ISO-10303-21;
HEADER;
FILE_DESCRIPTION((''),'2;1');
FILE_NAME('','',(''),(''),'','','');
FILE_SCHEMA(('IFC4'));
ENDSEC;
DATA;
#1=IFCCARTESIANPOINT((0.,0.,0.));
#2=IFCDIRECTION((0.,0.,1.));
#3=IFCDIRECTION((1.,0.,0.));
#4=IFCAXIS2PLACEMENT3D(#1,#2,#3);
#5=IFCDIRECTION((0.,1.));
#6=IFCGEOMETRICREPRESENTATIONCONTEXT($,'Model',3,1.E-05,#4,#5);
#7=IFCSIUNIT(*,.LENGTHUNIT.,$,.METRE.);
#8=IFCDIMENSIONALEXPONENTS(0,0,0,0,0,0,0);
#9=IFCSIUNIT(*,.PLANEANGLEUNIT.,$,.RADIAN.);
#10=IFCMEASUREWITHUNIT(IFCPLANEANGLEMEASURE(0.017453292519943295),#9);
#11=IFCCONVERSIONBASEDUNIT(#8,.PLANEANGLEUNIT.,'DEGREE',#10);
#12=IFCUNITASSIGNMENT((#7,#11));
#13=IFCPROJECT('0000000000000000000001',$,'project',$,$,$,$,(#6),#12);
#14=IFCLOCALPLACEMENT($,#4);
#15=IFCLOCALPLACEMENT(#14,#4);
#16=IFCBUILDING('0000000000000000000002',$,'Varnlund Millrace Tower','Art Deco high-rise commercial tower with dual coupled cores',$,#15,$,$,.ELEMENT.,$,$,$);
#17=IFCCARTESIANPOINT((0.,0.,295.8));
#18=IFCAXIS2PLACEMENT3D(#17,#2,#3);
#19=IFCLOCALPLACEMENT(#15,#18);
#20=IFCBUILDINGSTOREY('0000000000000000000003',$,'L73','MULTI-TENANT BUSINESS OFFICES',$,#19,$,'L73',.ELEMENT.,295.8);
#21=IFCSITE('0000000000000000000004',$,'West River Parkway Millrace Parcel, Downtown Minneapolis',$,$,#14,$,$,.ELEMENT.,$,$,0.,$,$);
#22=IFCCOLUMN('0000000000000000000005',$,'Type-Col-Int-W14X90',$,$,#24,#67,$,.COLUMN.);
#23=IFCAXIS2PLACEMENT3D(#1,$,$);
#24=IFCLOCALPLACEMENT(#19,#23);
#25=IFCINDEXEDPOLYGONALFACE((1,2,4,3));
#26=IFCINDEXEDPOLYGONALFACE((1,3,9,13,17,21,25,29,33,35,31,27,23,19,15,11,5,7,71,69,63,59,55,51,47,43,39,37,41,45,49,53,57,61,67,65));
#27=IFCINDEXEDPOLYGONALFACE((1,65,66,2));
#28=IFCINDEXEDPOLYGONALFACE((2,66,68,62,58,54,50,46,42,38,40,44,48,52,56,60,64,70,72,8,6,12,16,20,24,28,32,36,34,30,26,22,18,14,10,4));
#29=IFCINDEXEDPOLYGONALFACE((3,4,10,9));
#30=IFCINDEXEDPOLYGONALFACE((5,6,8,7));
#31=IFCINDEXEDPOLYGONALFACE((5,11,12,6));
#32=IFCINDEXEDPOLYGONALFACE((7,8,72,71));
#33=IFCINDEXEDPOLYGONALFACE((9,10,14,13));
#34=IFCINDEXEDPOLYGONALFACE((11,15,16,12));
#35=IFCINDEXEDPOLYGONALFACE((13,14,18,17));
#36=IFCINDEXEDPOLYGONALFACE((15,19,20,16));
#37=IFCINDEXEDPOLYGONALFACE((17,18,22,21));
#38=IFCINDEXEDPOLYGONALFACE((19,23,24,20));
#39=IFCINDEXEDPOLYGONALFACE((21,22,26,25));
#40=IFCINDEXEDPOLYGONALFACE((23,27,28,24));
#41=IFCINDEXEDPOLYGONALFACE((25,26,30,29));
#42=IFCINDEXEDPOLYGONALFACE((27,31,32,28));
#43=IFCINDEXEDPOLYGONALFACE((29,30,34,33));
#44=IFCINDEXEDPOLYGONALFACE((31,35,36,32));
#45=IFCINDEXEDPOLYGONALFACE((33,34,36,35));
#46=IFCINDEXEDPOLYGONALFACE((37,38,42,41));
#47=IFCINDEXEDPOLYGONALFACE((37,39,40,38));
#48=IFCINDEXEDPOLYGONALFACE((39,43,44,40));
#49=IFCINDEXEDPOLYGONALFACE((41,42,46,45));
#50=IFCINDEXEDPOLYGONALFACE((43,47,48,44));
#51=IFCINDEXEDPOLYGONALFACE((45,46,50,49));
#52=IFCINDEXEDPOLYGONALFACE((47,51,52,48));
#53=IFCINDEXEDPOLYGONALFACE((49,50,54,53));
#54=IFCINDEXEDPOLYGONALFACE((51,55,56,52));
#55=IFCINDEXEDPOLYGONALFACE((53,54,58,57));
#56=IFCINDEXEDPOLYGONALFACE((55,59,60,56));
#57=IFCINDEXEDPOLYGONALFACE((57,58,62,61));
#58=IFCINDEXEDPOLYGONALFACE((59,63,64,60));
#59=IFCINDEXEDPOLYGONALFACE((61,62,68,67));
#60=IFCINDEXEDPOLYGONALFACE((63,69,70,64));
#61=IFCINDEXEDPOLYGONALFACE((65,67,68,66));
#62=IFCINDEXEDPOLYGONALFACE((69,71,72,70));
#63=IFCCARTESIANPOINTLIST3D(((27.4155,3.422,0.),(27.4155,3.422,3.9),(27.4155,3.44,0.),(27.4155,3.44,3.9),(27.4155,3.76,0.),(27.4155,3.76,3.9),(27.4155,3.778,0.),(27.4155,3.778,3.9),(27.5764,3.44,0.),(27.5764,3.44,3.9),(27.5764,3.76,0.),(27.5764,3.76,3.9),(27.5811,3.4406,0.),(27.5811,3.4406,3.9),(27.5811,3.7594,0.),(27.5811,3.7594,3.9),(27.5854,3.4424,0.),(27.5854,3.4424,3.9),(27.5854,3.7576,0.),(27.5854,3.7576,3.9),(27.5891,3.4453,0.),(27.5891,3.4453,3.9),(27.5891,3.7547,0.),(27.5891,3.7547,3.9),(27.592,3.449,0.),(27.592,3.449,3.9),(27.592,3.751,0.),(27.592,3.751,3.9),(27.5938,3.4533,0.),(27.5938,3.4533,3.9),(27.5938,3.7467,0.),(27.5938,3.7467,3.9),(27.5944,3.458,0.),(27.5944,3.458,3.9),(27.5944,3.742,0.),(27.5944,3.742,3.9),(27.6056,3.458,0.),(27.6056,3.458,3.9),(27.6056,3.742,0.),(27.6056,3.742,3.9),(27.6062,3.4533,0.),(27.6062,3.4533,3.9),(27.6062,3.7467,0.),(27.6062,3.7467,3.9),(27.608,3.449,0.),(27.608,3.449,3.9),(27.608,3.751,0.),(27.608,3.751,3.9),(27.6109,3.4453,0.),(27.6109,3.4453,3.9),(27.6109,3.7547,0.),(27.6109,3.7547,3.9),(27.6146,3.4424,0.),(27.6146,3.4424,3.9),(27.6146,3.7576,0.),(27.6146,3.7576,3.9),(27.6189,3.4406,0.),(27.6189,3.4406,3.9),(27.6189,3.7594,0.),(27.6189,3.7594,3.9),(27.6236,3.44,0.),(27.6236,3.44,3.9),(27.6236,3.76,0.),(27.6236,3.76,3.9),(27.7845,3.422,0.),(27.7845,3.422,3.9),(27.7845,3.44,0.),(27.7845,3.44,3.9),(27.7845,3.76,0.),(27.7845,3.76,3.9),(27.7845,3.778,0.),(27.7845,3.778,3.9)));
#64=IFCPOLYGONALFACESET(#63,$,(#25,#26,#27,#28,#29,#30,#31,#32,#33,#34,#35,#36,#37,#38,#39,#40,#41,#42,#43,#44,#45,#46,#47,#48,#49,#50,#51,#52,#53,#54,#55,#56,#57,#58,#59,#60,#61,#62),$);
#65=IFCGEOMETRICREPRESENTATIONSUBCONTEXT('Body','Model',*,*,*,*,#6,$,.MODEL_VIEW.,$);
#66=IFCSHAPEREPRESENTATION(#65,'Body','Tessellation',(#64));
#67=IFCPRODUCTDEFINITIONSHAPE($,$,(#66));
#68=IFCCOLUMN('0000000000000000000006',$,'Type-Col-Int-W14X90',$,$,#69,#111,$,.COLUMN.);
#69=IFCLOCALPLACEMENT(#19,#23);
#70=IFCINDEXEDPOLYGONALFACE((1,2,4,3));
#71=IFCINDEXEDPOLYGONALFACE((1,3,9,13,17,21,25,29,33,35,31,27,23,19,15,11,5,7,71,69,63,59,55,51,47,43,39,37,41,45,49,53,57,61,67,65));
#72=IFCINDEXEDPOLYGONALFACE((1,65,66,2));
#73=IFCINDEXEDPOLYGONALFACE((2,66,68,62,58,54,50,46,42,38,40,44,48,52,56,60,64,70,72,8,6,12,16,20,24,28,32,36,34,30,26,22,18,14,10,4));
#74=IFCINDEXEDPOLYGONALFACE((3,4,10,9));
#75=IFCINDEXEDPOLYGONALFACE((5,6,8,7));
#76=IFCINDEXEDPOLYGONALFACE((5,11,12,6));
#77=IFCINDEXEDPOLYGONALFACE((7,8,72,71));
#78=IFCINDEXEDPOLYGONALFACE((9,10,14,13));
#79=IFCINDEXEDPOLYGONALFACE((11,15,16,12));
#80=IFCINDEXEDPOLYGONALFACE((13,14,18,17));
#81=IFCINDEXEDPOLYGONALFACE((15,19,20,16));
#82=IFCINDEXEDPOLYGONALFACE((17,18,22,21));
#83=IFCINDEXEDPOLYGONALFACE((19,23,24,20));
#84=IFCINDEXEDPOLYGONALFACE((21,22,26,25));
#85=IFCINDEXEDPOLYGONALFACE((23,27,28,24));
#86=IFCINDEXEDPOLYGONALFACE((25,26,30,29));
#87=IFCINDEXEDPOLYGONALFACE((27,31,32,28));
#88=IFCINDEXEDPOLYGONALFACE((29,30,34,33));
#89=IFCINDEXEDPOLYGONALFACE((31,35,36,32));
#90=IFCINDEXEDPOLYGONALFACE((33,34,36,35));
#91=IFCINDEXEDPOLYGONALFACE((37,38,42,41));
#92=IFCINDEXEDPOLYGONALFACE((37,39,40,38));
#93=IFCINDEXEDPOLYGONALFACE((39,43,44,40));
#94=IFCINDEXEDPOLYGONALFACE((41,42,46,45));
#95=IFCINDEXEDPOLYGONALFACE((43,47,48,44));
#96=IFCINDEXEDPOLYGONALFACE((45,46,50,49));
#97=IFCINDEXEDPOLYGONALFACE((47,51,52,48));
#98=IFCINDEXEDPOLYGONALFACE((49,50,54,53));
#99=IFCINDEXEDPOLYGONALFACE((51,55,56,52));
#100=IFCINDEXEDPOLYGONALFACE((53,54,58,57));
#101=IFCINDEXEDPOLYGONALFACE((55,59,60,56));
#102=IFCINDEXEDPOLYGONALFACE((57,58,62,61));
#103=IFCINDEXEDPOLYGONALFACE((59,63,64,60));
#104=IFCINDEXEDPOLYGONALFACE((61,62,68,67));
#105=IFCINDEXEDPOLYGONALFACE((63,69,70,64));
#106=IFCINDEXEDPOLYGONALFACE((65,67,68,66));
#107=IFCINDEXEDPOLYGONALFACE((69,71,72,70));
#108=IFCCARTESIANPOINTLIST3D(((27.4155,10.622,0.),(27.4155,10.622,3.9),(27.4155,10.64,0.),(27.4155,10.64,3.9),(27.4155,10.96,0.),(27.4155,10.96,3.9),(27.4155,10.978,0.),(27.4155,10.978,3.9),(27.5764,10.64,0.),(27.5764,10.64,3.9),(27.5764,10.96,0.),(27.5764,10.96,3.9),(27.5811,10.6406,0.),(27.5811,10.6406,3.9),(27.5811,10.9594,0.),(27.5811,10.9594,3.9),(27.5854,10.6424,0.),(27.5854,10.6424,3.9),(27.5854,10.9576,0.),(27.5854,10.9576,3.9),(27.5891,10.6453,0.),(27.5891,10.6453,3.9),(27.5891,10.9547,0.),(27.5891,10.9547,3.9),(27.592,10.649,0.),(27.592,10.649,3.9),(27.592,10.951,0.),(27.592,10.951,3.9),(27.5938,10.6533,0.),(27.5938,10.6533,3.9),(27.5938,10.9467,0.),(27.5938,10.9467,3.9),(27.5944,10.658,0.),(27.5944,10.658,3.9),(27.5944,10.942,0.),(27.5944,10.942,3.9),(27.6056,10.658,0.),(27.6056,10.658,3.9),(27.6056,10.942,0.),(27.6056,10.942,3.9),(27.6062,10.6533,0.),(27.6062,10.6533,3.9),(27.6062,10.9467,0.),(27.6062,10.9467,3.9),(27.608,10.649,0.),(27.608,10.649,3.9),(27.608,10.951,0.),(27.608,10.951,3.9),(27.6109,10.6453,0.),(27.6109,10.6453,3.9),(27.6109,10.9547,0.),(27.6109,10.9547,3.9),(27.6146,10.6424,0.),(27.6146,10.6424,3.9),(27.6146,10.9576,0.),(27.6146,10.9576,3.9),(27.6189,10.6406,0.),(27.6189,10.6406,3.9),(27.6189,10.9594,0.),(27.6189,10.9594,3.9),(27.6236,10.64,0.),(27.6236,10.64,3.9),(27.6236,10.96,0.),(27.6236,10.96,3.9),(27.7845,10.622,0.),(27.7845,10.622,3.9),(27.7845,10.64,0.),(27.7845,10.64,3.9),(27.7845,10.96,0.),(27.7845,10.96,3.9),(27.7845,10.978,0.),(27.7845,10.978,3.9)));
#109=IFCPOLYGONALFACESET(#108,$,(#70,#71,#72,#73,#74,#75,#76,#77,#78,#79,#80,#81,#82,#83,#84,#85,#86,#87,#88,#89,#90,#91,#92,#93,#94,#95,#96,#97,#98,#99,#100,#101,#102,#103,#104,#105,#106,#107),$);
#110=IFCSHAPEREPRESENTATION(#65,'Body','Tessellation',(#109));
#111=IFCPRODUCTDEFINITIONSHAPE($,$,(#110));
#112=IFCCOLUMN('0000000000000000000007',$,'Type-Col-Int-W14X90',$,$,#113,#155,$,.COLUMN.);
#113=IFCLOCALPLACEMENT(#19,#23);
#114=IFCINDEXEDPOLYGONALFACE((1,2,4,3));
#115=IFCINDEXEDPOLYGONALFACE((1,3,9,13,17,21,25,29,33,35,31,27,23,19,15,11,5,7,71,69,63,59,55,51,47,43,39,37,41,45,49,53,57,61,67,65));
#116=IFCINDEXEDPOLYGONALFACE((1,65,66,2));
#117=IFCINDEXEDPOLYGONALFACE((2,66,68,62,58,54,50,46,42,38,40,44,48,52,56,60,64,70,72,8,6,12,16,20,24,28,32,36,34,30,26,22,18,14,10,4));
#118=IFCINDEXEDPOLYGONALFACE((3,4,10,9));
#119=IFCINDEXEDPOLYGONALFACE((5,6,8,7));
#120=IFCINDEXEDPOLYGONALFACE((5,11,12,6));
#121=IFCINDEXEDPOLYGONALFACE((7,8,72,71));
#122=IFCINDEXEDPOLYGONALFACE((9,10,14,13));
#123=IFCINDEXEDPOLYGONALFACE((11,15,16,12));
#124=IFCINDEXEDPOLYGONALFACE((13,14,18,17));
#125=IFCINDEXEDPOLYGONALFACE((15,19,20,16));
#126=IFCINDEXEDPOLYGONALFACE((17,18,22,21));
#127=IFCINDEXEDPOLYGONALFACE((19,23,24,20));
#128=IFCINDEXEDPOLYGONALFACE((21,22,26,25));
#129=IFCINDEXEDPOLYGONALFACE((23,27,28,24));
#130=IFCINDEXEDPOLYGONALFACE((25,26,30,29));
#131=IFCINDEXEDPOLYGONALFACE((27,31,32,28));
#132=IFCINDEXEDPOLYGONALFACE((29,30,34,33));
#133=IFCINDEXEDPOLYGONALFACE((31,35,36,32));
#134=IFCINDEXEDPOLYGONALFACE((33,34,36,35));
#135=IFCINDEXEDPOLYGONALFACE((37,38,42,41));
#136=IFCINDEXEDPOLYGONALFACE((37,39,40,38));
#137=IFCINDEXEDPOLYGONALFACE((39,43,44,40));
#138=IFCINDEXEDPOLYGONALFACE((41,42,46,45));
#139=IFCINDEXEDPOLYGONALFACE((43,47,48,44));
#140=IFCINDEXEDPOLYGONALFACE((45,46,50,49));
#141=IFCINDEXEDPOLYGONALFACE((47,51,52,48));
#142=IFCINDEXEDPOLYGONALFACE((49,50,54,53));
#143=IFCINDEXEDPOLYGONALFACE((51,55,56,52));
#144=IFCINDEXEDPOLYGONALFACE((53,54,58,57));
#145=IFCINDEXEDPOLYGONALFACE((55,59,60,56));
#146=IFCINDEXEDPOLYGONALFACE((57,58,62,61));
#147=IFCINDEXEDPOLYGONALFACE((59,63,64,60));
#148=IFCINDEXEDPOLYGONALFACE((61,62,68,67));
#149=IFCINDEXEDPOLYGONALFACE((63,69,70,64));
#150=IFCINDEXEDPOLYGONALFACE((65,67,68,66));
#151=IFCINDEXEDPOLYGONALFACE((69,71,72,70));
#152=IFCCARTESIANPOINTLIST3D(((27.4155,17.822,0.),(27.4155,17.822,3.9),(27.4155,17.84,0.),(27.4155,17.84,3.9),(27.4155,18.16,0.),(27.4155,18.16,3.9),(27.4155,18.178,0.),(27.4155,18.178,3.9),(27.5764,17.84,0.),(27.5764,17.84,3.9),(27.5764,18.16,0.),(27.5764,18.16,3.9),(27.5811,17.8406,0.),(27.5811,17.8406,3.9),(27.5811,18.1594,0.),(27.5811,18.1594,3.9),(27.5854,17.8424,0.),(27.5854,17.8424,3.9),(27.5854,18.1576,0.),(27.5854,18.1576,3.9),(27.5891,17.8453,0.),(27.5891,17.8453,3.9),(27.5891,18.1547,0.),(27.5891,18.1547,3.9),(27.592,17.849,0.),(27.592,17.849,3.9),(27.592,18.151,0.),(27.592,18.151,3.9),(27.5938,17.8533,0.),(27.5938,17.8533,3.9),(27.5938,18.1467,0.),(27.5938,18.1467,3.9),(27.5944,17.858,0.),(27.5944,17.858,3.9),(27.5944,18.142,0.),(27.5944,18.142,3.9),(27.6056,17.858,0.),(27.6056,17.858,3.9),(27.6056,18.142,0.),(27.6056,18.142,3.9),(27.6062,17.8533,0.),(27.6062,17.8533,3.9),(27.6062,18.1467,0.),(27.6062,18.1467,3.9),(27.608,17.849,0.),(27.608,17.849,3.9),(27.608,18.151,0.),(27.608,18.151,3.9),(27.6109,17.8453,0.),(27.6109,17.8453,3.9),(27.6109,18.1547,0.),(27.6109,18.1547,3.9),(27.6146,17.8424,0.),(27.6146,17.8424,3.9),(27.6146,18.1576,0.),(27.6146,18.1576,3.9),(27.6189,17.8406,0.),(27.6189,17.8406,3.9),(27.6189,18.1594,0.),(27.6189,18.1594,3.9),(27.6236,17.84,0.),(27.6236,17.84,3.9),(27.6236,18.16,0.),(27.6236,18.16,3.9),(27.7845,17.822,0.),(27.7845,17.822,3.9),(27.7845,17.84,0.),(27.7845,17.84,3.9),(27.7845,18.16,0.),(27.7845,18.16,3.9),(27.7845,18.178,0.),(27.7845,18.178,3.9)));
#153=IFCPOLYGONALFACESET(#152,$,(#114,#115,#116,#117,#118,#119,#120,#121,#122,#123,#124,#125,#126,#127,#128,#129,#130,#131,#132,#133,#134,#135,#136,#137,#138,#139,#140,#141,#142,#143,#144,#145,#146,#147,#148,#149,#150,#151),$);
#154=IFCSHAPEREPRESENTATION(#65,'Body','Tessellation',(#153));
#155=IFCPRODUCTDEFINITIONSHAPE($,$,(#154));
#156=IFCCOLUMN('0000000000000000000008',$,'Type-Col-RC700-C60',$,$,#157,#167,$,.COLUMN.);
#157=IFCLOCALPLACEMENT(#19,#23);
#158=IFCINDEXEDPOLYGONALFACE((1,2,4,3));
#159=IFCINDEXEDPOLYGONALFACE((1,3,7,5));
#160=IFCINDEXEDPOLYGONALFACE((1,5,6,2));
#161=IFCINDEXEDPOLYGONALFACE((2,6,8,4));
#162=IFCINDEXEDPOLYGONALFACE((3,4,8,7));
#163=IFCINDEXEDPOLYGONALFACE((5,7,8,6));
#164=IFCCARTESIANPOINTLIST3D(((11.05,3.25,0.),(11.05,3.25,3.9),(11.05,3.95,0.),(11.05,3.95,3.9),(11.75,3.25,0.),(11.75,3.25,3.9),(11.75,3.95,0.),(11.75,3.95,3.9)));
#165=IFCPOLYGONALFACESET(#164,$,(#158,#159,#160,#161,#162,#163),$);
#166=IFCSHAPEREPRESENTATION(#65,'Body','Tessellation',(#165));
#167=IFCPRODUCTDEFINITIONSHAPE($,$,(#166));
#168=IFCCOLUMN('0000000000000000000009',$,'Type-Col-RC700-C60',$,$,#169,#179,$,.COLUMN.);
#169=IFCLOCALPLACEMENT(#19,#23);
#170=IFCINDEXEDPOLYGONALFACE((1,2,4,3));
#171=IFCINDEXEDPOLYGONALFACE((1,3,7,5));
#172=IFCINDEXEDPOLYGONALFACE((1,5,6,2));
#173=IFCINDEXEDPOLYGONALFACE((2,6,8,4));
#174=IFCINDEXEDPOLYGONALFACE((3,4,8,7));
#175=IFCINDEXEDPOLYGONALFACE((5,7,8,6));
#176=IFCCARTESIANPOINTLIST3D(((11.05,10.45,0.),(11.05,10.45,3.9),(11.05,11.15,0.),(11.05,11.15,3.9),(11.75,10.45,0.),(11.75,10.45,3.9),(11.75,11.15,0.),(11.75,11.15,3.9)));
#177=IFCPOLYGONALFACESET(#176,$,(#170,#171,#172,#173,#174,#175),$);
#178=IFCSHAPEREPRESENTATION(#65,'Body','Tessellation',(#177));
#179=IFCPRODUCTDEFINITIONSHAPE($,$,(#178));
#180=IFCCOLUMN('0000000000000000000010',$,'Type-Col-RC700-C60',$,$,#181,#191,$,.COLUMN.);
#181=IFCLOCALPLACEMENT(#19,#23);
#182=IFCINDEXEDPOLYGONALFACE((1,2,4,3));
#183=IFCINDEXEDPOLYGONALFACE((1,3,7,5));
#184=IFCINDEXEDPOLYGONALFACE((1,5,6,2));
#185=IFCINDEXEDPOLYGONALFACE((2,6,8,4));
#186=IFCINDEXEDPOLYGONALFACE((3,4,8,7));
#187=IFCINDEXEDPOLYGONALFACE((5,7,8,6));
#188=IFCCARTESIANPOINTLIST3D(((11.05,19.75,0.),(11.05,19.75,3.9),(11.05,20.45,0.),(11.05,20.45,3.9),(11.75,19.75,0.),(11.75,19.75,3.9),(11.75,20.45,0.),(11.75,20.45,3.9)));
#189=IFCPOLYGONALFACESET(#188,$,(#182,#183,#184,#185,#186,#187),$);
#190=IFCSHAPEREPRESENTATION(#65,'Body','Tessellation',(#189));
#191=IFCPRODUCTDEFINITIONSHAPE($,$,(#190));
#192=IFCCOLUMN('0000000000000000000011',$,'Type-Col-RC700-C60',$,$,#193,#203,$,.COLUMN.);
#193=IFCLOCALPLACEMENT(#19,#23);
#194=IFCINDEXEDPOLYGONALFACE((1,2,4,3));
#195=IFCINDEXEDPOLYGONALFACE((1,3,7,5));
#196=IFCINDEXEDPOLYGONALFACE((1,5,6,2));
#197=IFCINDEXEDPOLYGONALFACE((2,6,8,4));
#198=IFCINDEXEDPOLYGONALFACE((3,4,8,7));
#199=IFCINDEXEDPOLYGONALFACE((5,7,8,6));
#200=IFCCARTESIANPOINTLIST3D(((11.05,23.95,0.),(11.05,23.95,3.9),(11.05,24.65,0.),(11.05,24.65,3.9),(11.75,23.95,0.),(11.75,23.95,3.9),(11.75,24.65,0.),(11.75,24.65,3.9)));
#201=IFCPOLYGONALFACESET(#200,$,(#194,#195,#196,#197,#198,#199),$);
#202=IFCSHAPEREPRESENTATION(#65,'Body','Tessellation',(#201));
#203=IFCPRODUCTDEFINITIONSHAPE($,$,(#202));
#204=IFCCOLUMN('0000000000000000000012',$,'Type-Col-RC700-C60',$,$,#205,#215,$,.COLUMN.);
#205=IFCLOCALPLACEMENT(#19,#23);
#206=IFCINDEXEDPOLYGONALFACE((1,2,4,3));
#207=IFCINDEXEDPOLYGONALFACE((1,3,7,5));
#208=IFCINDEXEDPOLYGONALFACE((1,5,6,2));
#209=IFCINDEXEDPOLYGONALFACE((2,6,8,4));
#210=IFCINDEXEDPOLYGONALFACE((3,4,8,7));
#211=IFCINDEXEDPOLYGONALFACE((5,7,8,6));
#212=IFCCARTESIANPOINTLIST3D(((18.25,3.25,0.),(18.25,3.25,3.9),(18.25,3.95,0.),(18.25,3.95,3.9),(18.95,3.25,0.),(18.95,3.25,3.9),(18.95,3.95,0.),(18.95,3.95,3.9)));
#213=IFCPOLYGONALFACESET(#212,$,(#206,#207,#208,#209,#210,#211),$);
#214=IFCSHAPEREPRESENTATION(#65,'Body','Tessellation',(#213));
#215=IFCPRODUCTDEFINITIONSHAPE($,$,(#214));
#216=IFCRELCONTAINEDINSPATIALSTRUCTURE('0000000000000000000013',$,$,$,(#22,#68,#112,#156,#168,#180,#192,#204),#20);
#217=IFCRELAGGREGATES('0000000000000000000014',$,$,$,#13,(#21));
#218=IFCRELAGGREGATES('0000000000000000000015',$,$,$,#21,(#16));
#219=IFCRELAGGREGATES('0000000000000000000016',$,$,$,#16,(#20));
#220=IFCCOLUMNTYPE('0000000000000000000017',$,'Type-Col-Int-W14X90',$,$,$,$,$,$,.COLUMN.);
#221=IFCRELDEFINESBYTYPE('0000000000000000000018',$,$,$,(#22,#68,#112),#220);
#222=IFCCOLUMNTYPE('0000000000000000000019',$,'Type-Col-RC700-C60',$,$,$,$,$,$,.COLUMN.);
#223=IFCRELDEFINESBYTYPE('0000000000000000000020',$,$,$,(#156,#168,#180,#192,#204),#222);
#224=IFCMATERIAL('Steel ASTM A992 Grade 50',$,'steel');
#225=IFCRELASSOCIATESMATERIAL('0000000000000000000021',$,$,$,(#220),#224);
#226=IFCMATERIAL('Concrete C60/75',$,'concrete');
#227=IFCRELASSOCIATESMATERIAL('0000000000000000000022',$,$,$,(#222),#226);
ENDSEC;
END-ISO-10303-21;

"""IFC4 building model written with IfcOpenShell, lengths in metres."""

from ifc_helpers import new_model, entity, si_unit, converted_unit, direction, frame, origin_with_axes, origin_2d_with_axis, place, context, subcontext, project, spatial, rectangle, i_section, extrude, material, material_profile, profile_set, type_object, element, save


model = new_model("IFC4")

# Units and contexts
model_context = context("Model", 3, precision=1e-05, world=origin_with_axes(), true_north=direction((0.0, 1.0)))
body_context = subcontext(model_context, "Body", "Model", "MODEL_VIEW")
ifc_project = project(units=[si_unit("LENGTHUNIT", "METRE"), converted_unit("PLANEANGLEUNIT", "DEGREE", entity("IfcPlaneAngleMeasure", 0.017453292519943295), si_unit("PLANEANGLEUNIT", "RADIAN"), dimensions=[0, 0, 0, 0, 0, 0, 0])], contexts=[model_context])

# Site, building, storey
site_placement = place(None, origin_with_axes())
site = spatial("IfcSite", under=ifc_project, at=site_placement, Name="West River Parkway Millrace Parcel, Downtown Minneapolis", CompositionType="ELEMENT", RefElevation=0.0)
building_placement = place(site_placement, origin_with_axes())
building = spatial("IfcBuilding", under=site, at=building_placement, Name="Varnlund Millrace Tower", Description="Art Deco high-rise commercial tower with dual coupled cores", CompositionType="ELEMENT")
storey_placement = place(building_placement, frame((0.0, 0.0, 295.8), z_axis=(0.0, 0.0, 1.0), x_axis=(1.0, 0.0, 0.0)))
storey = spatial("IfcBuildingStorey", under=building, at=storey_placement, Name="L73", Description="MULTI-TENANT BUSINESS OFFICES", LongName="L73", CompositionType="ELEMENT", Elevation=295.8)

# Columns
ifc_material_1 = material(Name="Steel ASTM A992 Grade 50", Category="steel")
ifc_material_profile_1 = material_profile(ifc_material_1, i_section(OverallWidth=0.369, OverallDepth=0.356, WebThickness=0.0112, FlangeThickness=0.018, FilletRadius=0.018, at=origin_2d_with_axis()), Name="Steel ASTM A992 Grade 50")
ifc_profile_set_1 = profile_set([ifc_material_profile_1], Name="Steel ASTM A992 Grade 50")
column_type_1 = type_object("IfcColumnType", Name="Type-Col-Int-W14X90", PredefinedType="COLUMN", material=ifc_profile_set_1)
for number, where, z_axis, x_axis, name in (
    (1, (27.6, 3.6, 0.0), (0.0, 0.0, 1.0), (1.0, 0.0, 0.0), "Type-Col-Int-W14X90"),
    (2, (27.6, 10.8, 0.0), (0.0, 0.0, 1.0), (1.0, 0.0, 0.0), "Type-Col-Int-W14X90"),
    (3, (27.6, 18.0, 0.0), (0.0, 0.0, 1.0), (1.0, 0.0, 0.0), "Type-Col-Int-W14X90"),
):
    element("IfcColumn", number, at=place(storey_placement, frame(where, z_axis=z_axis, x_axis=x_axis)), inside=storey, type_object=column_type_1, Name=name, PredefinedType="COLUMN", context=body_context, shape_type="SweptSolid", body=[
        extrude(i_section(OverallWidth=0.369, OverallDepth=0.356, WebThickness=0.0112, FlangeThickness=0.018, FilletRadius=0.018, at=origin_2d_with_axis()), origin_with_axes(), (0.0, 0.0, 1.0), 3.9),
    ])
ifc_material_2 = material(Name="Concrete C60/75", Category="concrete")
ifc_material_profile_2 = material_profile(ifc_material_2, rectangle(XDim=0.7, YDim=0.7, at=origin_2d_with_axis()), Name="Concrete C60/75")
ifc_profile_set_2 = profile_set([ifc_material_profile_2], Name="Concrete C60/75")
column_type_2 = type_object("IfcColumnType", Name="Type-Col-RC700-C60", PredefinedType="COLUMN", material=ifc_profile_set_2)
for number, where, z_axis, x_axis, name in (
    (4, (11.4, 3.6, 0.0), (0.0, 0.0, 1.0), (1.0, 0.0, 0.0), "Type-Col-RC700-C60"),
    (5, (11.4, 10.8, 0.0), (0.0, 0.0, 1.0), (1.0, 0.0, 0.0), "Type-Col-RC700-C60"),
    (6, (11.4, 20.1, 0.0), (0.0, 0.0, 1.0), (1.0, 0.0, 0.0), "Type-Col-RC700-C60"),
    (7, (11.4, 24.3, 0.0), (0.0, 0.0, 1.0), (1.0, 0.0, 0.0), "Type-Col-RC700-C60"),
    (8, (18.6, 3.6, 0.0), (0.0, 0.0, 1.0), (1.0, 0.0, 0.0), "Type-Col-RC700-C60"),
):
    element("IfcColumn", number, at=place(storey_placement, frame(where, z_axis=z_axis, x_axis=x_axis)), inside=storey, type_object=column_type_2, Name=name, PredefinedType="COLUMN", context=body_context, shape_type="SweptSolid", body=[
        extrude(rectangle(XDim=0.7, YDim=0.7, at=origin_2d_with_axis()), origin_with_axes(), (0.0, 0.0, 1.0), 3.9),
    ])

save(model, "model.ifc")
